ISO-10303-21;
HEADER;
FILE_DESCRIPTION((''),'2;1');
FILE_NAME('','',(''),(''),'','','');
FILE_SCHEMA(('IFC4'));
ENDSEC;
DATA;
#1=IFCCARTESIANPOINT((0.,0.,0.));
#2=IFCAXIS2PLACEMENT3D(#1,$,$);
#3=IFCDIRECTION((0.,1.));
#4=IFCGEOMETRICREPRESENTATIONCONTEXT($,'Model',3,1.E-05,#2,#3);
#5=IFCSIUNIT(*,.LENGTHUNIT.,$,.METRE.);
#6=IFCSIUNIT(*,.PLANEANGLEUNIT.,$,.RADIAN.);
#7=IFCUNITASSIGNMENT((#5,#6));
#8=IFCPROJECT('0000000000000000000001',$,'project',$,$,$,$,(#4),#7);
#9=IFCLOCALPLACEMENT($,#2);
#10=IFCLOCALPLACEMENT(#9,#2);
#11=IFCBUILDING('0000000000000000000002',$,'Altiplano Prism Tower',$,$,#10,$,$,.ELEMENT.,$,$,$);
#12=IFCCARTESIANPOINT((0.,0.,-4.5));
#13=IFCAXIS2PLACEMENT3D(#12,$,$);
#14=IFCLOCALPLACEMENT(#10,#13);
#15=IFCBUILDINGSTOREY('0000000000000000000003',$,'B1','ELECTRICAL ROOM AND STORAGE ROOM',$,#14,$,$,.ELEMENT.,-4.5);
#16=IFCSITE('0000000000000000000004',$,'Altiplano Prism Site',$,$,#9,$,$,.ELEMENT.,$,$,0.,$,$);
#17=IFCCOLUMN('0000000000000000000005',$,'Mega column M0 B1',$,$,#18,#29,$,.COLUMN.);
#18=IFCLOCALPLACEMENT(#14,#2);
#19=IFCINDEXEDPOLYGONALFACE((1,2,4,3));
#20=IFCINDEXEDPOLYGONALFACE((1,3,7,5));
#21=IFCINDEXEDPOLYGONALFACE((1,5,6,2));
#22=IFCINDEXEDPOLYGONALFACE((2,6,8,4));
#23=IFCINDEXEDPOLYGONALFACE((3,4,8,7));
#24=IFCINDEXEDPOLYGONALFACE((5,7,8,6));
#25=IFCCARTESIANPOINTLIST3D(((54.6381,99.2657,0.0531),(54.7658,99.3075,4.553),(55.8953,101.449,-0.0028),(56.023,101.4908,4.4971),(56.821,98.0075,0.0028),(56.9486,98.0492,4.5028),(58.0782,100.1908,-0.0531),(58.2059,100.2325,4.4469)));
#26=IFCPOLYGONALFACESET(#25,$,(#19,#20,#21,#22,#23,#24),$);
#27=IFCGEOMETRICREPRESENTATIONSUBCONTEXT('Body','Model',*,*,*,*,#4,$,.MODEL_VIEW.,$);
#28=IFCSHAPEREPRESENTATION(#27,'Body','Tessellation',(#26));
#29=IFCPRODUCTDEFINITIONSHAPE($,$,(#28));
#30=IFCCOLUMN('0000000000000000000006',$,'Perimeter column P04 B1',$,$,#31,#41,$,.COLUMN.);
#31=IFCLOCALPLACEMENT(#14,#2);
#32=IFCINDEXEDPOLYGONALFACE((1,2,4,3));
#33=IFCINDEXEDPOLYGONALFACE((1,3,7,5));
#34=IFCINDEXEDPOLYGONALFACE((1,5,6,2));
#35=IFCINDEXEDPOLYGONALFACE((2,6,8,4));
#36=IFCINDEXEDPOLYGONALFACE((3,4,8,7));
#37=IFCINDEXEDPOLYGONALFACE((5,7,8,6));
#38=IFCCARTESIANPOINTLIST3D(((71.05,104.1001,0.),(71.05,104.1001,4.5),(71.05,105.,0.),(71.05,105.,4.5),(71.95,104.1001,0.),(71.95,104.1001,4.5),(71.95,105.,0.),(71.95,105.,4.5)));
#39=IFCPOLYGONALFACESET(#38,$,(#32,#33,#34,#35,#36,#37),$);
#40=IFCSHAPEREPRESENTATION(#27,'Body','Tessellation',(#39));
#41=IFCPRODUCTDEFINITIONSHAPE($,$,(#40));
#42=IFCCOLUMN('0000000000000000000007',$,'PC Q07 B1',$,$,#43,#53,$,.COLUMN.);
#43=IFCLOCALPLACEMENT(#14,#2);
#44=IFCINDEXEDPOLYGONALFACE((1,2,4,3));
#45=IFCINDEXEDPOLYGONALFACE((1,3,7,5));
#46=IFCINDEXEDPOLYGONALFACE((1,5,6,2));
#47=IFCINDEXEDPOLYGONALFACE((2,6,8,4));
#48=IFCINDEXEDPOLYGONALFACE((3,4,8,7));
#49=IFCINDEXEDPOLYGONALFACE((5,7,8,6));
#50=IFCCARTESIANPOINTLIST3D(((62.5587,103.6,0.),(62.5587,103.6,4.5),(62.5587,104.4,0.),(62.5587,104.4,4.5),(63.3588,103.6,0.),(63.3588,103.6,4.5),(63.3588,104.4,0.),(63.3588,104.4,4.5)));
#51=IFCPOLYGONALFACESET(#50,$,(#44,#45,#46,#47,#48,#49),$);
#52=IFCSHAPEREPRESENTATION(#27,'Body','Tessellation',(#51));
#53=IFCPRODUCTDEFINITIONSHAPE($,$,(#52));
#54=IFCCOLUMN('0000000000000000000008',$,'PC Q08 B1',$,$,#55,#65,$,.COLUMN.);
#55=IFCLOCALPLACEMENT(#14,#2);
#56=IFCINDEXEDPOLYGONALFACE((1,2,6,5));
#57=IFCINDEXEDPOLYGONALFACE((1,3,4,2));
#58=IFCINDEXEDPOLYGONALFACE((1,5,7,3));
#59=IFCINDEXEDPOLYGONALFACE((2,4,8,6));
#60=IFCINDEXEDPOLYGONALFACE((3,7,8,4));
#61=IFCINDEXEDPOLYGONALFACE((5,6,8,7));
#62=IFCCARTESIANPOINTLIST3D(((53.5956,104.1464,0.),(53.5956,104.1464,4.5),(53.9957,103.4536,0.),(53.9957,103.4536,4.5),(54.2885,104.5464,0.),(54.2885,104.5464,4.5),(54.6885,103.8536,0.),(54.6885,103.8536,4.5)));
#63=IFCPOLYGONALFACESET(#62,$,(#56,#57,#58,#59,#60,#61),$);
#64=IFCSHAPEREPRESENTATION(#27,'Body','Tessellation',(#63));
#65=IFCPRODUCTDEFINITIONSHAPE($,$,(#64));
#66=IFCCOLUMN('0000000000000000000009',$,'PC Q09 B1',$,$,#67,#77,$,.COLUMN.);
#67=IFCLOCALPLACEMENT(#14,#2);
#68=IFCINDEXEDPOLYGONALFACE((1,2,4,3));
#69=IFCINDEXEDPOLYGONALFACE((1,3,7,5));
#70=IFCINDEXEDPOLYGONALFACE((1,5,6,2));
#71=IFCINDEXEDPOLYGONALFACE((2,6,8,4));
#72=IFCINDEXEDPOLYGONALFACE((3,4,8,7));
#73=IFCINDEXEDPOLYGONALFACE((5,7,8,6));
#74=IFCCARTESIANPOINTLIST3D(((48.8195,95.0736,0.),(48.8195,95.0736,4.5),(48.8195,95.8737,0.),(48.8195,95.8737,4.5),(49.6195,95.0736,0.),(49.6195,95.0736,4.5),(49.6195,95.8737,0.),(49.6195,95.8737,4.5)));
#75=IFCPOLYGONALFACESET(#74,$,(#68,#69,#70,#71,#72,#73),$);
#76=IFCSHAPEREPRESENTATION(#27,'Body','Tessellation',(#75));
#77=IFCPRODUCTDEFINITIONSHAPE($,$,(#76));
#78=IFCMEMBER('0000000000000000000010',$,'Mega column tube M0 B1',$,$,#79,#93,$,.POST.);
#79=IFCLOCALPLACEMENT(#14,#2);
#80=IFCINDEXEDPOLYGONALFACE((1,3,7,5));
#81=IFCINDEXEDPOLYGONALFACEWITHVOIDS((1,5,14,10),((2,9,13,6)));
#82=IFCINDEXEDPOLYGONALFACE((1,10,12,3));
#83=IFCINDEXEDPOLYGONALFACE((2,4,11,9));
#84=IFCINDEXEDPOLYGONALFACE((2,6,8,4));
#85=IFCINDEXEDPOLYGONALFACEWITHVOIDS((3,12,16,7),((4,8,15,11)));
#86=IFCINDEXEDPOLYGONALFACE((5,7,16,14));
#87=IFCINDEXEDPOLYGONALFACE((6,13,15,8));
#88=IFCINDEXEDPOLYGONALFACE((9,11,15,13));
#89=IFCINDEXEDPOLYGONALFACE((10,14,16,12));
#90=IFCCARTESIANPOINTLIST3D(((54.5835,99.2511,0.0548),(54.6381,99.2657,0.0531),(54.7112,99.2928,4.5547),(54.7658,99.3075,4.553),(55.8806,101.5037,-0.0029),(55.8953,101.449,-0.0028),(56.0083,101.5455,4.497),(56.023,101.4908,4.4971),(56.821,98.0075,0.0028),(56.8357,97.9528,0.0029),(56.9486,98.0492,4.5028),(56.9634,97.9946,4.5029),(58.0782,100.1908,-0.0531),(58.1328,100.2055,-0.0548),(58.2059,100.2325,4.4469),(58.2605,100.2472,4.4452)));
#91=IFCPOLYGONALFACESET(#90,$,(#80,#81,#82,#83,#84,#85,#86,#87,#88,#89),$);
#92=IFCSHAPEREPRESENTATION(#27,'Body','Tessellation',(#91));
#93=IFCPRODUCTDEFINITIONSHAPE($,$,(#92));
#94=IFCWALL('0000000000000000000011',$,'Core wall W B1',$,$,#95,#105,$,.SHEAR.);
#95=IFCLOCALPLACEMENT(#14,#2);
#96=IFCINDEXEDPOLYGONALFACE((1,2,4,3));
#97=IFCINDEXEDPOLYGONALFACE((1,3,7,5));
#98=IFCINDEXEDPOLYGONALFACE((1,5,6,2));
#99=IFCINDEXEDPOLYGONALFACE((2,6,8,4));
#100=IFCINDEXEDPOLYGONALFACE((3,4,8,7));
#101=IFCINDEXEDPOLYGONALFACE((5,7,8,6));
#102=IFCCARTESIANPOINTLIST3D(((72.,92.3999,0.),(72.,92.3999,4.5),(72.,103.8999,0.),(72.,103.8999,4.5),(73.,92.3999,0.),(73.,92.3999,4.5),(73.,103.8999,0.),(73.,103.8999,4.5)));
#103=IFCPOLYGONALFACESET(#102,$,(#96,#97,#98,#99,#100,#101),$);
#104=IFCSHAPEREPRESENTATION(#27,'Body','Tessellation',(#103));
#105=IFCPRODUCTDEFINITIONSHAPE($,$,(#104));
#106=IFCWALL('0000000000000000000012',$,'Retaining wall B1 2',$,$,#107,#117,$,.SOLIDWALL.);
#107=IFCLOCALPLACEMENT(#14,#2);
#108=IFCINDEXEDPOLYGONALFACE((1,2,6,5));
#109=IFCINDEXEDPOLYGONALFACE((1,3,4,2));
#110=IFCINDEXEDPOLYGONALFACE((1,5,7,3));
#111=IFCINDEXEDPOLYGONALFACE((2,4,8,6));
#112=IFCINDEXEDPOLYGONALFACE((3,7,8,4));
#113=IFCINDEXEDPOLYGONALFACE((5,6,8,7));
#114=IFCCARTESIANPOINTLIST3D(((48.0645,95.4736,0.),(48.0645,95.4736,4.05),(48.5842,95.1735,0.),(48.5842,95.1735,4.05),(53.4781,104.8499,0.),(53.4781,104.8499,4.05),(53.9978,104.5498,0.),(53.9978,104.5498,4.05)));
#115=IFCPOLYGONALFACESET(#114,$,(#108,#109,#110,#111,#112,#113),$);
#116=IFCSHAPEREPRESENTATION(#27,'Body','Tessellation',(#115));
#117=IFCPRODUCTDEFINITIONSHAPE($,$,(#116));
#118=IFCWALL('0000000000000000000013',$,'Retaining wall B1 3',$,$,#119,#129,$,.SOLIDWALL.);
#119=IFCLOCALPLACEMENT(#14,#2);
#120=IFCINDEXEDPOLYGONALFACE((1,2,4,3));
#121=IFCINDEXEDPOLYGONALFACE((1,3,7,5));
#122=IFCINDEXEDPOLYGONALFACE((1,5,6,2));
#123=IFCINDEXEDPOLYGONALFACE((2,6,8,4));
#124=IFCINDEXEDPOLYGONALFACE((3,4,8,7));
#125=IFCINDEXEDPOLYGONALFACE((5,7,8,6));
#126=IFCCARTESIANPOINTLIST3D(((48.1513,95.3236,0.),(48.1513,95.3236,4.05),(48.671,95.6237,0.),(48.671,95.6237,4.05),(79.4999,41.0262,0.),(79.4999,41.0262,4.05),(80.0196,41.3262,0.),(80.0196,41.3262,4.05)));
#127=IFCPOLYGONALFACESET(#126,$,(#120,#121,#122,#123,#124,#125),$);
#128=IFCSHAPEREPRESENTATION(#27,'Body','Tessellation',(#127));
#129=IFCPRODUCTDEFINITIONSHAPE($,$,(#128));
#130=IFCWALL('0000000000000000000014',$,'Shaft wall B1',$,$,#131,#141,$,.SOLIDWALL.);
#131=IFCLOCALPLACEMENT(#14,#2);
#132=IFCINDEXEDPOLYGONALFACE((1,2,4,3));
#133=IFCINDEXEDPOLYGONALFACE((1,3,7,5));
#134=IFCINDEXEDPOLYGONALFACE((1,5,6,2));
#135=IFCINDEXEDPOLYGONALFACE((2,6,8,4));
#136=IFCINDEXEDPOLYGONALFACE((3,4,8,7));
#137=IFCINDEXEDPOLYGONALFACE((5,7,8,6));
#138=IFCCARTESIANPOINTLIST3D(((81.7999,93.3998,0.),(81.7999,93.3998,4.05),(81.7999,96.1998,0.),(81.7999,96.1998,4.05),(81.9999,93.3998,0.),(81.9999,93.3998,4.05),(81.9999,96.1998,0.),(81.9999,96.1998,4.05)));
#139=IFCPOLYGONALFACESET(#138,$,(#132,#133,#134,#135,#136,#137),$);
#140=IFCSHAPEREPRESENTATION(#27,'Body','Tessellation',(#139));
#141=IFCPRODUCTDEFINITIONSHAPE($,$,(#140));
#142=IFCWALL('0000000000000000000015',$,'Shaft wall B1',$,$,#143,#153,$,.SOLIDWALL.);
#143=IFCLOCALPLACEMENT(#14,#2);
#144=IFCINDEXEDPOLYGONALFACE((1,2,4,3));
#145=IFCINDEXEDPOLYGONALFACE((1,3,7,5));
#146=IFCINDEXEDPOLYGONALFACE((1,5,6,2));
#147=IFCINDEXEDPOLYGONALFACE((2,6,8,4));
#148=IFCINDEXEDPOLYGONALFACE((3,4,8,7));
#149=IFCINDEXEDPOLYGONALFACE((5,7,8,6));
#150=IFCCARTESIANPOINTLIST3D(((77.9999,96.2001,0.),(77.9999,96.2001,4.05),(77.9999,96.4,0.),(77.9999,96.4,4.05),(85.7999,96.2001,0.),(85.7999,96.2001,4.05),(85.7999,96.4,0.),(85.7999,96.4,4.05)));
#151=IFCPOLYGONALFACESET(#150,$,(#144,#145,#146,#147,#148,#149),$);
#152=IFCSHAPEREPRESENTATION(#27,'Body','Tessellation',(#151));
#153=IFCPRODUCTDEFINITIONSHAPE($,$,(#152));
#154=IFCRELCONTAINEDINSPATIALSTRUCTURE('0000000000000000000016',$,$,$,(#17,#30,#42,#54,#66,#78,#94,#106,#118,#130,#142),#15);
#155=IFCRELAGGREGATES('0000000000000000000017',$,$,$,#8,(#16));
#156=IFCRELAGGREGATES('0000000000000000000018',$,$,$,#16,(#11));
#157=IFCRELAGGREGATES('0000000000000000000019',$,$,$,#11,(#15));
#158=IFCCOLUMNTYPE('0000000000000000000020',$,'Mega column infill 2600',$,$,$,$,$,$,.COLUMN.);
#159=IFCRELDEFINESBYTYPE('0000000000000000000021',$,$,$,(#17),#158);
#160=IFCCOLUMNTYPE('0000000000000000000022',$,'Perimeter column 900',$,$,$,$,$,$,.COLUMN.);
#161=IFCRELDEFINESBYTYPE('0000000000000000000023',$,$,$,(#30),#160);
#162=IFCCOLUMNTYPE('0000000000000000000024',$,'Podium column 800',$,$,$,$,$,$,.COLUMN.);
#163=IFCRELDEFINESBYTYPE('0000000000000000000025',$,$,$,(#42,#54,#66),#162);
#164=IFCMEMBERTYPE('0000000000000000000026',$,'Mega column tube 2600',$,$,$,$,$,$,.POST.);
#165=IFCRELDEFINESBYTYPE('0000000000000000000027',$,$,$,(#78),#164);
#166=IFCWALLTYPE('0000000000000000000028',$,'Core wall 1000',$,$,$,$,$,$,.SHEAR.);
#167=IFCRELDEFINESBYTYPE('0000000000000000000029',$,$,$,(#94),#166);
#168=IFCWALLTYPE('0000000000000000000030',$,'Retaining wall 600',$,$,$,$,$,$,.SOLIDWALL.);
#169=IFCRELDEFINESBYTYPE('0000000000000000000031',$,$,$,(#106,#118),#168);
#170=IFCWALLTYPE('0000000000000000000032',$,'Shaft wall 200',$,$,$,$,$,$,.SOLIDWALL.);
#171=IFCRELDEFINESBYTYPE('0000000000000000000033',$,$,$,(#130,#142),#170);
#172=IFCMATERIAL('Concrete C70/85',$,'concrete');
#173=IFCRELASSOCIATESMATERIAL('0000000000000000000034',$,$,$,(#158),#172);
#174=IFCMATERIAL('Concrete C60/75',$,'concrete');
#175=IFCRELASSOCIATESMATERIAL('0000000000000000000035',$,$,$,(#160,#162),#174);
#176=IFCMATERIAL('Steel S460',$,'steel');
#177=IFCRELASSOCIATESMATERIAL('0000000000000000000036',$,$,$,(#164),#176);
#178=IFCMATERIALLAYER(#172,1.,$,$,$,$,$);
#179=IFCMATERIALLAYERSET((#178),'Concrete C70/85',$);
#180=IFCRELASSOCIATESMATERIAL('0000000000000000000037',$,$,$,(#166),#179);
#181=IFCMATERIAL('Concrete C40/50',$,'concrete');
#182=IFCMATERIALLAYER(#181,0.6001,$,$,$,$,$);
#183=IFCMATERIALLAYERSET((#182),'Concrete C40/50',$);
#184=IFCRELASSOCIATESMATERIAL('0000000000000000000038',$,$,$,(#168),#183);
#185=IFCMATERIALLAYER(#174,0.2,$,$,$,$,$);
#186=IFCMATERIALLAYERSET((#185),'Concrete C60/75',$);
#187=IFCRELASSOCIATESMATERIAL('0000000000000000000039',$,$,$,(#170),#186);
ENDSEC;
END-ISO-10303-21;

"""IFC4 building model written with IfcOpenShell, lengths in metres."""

from ifc_helpers import new_model, si_unit, direction, frame, frame_2d, origin, origin_2d, place, context, subcontext, project, spatial, rectangle, hollow_rectangle, extrude, material, layer, layer_set, material_profile, profile_set, type_object, element, save


model = new_model("IFC4")

# Units and contexts
model_context = context("Model", 3, precision=1e-05, world=origin(), true_north=direction((0.0, 1.0)))
body_context = subcontext(model_context, "Body", "Model", "MODEL_VIEW")
ifc_project = project(units=[si_unit("LENGTHUNIT", "METRE"), si_unit("PLANEANGLEUNIT", "RADIAN")], contexts=[model_context])

# Site, building, storey
site_placement = place(None, origin())
site = spatial("IfcSite", under=ifc_project, at=site_placement, Name="Altiplano Prism Site", CompositionType="ELEMENT", RefElevation=0.0)
building_placement = place(site_placement, origin())
building = spatial("IfcBuilding", under=site, at=building_placement, Name="Altiplano Prism Tower", CompositionType="ELEMENT")
storey_placement = place(building_placement, frame((0.0, 0.0, -4.5)))
storey = spatial("IfcBuildingStorey", under=building, at=storey_placement, Name="B1", Description="ELECTRICAL ROOM AND STORAGE ROOM", CompositionType="ELEMENT", Elevation=-4.5)

# Columns
ifc_material_1 = material(Name="Concrete C70/85", Category="concrete")
ifc_material_profile_1 = material_profile(ifc_material_1, rectangle(XDim=2.52, YDim=2.52, at=origin_2d()), Name="Mega column infill 2600")
ifc_profile_set_1 = profile_set([ifc_material_profile_1], Name="Concrete C70/85")
column_type_1 = type_object("IfcColumnType", Name="Mega column infill 2600", PredefinedType="COLUMN", material=ifc_profile_set_1)
column_1_placement = place(storey_placement, frame((56.3582, 99.7283, 0.0), z_axis=(0.028362, 0.009273, 0.999555), x_axis=(-0.866199, 0.4993, 0.019946)))
element("IfcColumn", 1, at=column_1_placement, inside=storey, type_object=column_type_1, Name="Mega column M0 B1", PredefinedType="COLUMN", context=body_context, shape_type="SweptSolid", body=[
    extrude(rectangle(XDim=2.52, YDim=2.52, at=origin_2d()), origin(), (0.0, 0.0, 1.0), 4.502),
])
ifc_material_2 = material(Name="Concrete C60/75", Category="concrete")
ifc_material_profile_2 = material_profile(ifc_material_2, rectangle(XDim=0.8999, YDim=0.8999, at=origin_2d()), Name="Perimeter column 900")
ifc_profile_set_2 = profile_set([ifc_material_profile_2], Name="Concrete C60/75")
column_type_2 = type_object("IfcColumnType", Name="Perimeter column 900", PredefinedType="COLUMN", material=ifc_profile_set_2)
column_2_placement = place(storey_placement, frame((71.5, 104.55, 0.0), z_axis=(0.0, 0.0, 1.0), x_axis=(1.0, 0.0, 0.0)))
element("IfcColumn", 2, at=column_2_placement, inside=storey, type_object=column_type_2, Name="Perimeter column P04 B1", PredefinedType="COLUMN", context=body_context, shape_type="SweptSolid", body=[
    extrude(rectangle(XDim=0.8999, YDim=0.8999, at=origin_2d()), origin(), (0.0, 0.0, 1.0), 4.5),
])
ifc_material_profile_3 = material_profile(ifc_material_2, rectangle(XDim=0.8, YDim=0.8, at=origin_2d()), Name="Podium column 800")
ifc_profile_set_3 = profile_set([ifc_material_profile_3], Name="Concrete C60/75")
column_type_3 = type_object("IfcColumnType", Name="Podium column 800", PredefinedType="COLUMN", material=ifc_profile_set_3)
for number, where, z_axis, x_axis, name in (
    (3, (62.9587, 104.0, 0.0), (0.0, 0.0, 1.0), (1.0, 0.0, 0.0), "PC Q07 B1"),
    (4, (54.1421, 104.0, 0.0), (0.0, 0.0, 1.0), (0.866025, 0.5, 0.0), "PC Q08 B1"),
    (5, (49.2195, 95.4736, 0.0), (0.0, 0.0, 1.0), (1.0, 0.0, 0.0), "PC Q09 B1"),
):
    element("IfcColumn", number, at=place(storey_placement, frame(where, z_axis=z_axis, x_axis=x_axis)), inside=storey, type_object=column_type_3, Name=name, PredefinedType="COLUMN", context=body_context, shape_type="SweptSolid", body=[
        extrude(rectangle(XDim=0.8, YDim=0.8, at=origin_2d()), origin(), (0.0, 0.0, 1.0), 4.5),
    ])

# Member
ifc_material_3 = material(Name="Steel S460", Category="steel")
ifc_material_profile_4 = material_profile(ifc_material_3, hollow_rectangle(XDim=2.6001, YDim=2.6001, WallThickness=0.04, at=origin_2d()), Name="Mega column tube 2600")
ifc_profile_set_4 = profile_set([ifc_material_profile_4], Name="Steel S460")
member_type = type_object("IfcMemberType", Name="Mega column tube 2600", PredefinedType="POST", material=ifc_profile_set_4)
member_placement = place(storey_placement, frame((56.3582, 99.7283, 0.0), z_axis=(0.028362, 0.009273, 0.999555), x_axis=(-0.866199, 0.4993, 0.019946)))
element("IfcMember", 6, at=member_placement, inside=storey, type_object=member_type, Name="Mega column tube M0 B1", PredefinedType="POST", context=body_context, shape_type="SweptSolid", body=[
    extrude(hollow_rectangle(XDim=2.6001, YDim=2.6001, WallThickness=0.04, at=origin_2d()), origin(), (0.0, 0.0, 1.0), 4.502),
])

# Walls
ifc_layer_1 = layer(ifc_material_1, 1.0)
ifc_layer_set_1 = layer_set([ifc_layer_1], Name="Concrete C70/85")
wall_type_1 = type_object("IfcWallType", Name="Core wall 1000", PredefinedType="SHEAR", material=ifc_layer_set_1)
wall_1_placement = place(storey_placement, frame((72.5, 103.8999, 0.0), z_axis=(0.0, 0.0, 1.0), x_axis=(0.0, -1.0, 0.0)))
element("IfcWall", 7, at=wall_1_placement, inside=storey, type_object=wall_type_1, Name="Core wall W B1", PredefinedType="SHEAR", context=body_context, shape_type="SweptSolid", body=[
    extrude(rectangle(XDim=11.5, YDim=1.0, at=frame_2d((5.75, 0.0))), origin(), (0.0, 0.0, 1.0), 4.5),
])
ifc_material_4 = material(Name="Concrete C40/50", Category="concrete")
ifc_layer_2 = layer(ifc_material_4, 0.6001)
ifc_layer_set_2 = layer_set([ifc_layer_2], Name="Concrete C40/50")
wall_type_2 = type_object("IfcWallType", Name="Retaining wall 600", PredefinedType="SOLIDWALL", material=ifc_layer_set_2)
wall_2_placement = place(storey_placement, frame((53.738, 104.7, 0.0), z_axis=(0.0, 0.0, 1.0), x_axis=(-0.500015, -0.866017, 0.0)))
element("IfcWall", 8, at=wall_2_placement, inside=storey, type_object=wall_type_2, Name="Retaining wall B1 2", PredefinedType="SOLIDWALL", context=body_context, shape_type="SweptSolid", body=[
    extrude(rectangle(XDim=10.8269, YDim=0.6001, at=frame_2d((5.4136, 0.0))), origin(), (0.0, 0.0, 1.0), 4.05),
])
wall_3_placement = place(storey_placement, frame((48.4111, 95.4736, 0.0), z_axis=(0.0, 0.0, 1.0), x_axis=(0.5, -0.866025, 0.0)))
element("IfcWall", 9, at=wall_3_placement, inside=storey, type_object=wall_type_2, Name="Retaining wall B1 3", PredefinedType="SOLIDWALL", context=body_context, shape_type="SweptSolid", body=[
    extrude(rectangle(XDim=62.6973, YDim=0.6001, at=frame_2d((31.3486, 0.0))), origin(), (0.0, 0.0, 1.0), 4.05),
])
ifc_layer_3 = layer(ifc_material_2, 0.2)
ifc_layer_set_3 = layer_set([ifc_layer_3], Name="Concrete C60/75")
wall_type_3 = type_object("IfcWallType", Name="Shaft wall 200", PredefinedType="SOLIDWALL", material=ifc_layer_set_3)
wall_4_placement = place(storey_placement, frame((81.8999, 93.3999, 0.0), z_axis=(0.0, 0.0, 1.0), x_axis=(0.0, 1.0, 0.0)))
element("IfcWall", 10, at=wall_4_placement, inside=storey, type_object=wall_type_3, Name="Shaft wall B1", PredefinedType="SOLIDWALL", context=body_context, shape_type="SweptSolid", body=[
    extrude(rectangle(XDim=2.8, YDim=0.2, at=frame_2d((1.3999, 0.0))), origin(), (0.0, 0.0, 1.0), 4.05),
])
wall_5_placement = place(storey_placement, frame((78.0, 96.3, 0.0), z_axis=(0.0, 0.0, 1.0), x_axis=(1.0, 0.0, 0.0)))
element("IfcWall", 11, at=wall_5_placement, inside=storey, type_object=wall_type_3, Name="Shaft wall B1", PredefinedType="SOLIDWALL", context=body_context, shape_type="SweptSolid", body=[
    extrude(rectangle(XDim=7.8, YDim=0.2, at=frame_2d((3.8999, 0.0))), origin(), (0.0, 0.0, 1.0), 4.05),
])

save(model, "model.ifc")
